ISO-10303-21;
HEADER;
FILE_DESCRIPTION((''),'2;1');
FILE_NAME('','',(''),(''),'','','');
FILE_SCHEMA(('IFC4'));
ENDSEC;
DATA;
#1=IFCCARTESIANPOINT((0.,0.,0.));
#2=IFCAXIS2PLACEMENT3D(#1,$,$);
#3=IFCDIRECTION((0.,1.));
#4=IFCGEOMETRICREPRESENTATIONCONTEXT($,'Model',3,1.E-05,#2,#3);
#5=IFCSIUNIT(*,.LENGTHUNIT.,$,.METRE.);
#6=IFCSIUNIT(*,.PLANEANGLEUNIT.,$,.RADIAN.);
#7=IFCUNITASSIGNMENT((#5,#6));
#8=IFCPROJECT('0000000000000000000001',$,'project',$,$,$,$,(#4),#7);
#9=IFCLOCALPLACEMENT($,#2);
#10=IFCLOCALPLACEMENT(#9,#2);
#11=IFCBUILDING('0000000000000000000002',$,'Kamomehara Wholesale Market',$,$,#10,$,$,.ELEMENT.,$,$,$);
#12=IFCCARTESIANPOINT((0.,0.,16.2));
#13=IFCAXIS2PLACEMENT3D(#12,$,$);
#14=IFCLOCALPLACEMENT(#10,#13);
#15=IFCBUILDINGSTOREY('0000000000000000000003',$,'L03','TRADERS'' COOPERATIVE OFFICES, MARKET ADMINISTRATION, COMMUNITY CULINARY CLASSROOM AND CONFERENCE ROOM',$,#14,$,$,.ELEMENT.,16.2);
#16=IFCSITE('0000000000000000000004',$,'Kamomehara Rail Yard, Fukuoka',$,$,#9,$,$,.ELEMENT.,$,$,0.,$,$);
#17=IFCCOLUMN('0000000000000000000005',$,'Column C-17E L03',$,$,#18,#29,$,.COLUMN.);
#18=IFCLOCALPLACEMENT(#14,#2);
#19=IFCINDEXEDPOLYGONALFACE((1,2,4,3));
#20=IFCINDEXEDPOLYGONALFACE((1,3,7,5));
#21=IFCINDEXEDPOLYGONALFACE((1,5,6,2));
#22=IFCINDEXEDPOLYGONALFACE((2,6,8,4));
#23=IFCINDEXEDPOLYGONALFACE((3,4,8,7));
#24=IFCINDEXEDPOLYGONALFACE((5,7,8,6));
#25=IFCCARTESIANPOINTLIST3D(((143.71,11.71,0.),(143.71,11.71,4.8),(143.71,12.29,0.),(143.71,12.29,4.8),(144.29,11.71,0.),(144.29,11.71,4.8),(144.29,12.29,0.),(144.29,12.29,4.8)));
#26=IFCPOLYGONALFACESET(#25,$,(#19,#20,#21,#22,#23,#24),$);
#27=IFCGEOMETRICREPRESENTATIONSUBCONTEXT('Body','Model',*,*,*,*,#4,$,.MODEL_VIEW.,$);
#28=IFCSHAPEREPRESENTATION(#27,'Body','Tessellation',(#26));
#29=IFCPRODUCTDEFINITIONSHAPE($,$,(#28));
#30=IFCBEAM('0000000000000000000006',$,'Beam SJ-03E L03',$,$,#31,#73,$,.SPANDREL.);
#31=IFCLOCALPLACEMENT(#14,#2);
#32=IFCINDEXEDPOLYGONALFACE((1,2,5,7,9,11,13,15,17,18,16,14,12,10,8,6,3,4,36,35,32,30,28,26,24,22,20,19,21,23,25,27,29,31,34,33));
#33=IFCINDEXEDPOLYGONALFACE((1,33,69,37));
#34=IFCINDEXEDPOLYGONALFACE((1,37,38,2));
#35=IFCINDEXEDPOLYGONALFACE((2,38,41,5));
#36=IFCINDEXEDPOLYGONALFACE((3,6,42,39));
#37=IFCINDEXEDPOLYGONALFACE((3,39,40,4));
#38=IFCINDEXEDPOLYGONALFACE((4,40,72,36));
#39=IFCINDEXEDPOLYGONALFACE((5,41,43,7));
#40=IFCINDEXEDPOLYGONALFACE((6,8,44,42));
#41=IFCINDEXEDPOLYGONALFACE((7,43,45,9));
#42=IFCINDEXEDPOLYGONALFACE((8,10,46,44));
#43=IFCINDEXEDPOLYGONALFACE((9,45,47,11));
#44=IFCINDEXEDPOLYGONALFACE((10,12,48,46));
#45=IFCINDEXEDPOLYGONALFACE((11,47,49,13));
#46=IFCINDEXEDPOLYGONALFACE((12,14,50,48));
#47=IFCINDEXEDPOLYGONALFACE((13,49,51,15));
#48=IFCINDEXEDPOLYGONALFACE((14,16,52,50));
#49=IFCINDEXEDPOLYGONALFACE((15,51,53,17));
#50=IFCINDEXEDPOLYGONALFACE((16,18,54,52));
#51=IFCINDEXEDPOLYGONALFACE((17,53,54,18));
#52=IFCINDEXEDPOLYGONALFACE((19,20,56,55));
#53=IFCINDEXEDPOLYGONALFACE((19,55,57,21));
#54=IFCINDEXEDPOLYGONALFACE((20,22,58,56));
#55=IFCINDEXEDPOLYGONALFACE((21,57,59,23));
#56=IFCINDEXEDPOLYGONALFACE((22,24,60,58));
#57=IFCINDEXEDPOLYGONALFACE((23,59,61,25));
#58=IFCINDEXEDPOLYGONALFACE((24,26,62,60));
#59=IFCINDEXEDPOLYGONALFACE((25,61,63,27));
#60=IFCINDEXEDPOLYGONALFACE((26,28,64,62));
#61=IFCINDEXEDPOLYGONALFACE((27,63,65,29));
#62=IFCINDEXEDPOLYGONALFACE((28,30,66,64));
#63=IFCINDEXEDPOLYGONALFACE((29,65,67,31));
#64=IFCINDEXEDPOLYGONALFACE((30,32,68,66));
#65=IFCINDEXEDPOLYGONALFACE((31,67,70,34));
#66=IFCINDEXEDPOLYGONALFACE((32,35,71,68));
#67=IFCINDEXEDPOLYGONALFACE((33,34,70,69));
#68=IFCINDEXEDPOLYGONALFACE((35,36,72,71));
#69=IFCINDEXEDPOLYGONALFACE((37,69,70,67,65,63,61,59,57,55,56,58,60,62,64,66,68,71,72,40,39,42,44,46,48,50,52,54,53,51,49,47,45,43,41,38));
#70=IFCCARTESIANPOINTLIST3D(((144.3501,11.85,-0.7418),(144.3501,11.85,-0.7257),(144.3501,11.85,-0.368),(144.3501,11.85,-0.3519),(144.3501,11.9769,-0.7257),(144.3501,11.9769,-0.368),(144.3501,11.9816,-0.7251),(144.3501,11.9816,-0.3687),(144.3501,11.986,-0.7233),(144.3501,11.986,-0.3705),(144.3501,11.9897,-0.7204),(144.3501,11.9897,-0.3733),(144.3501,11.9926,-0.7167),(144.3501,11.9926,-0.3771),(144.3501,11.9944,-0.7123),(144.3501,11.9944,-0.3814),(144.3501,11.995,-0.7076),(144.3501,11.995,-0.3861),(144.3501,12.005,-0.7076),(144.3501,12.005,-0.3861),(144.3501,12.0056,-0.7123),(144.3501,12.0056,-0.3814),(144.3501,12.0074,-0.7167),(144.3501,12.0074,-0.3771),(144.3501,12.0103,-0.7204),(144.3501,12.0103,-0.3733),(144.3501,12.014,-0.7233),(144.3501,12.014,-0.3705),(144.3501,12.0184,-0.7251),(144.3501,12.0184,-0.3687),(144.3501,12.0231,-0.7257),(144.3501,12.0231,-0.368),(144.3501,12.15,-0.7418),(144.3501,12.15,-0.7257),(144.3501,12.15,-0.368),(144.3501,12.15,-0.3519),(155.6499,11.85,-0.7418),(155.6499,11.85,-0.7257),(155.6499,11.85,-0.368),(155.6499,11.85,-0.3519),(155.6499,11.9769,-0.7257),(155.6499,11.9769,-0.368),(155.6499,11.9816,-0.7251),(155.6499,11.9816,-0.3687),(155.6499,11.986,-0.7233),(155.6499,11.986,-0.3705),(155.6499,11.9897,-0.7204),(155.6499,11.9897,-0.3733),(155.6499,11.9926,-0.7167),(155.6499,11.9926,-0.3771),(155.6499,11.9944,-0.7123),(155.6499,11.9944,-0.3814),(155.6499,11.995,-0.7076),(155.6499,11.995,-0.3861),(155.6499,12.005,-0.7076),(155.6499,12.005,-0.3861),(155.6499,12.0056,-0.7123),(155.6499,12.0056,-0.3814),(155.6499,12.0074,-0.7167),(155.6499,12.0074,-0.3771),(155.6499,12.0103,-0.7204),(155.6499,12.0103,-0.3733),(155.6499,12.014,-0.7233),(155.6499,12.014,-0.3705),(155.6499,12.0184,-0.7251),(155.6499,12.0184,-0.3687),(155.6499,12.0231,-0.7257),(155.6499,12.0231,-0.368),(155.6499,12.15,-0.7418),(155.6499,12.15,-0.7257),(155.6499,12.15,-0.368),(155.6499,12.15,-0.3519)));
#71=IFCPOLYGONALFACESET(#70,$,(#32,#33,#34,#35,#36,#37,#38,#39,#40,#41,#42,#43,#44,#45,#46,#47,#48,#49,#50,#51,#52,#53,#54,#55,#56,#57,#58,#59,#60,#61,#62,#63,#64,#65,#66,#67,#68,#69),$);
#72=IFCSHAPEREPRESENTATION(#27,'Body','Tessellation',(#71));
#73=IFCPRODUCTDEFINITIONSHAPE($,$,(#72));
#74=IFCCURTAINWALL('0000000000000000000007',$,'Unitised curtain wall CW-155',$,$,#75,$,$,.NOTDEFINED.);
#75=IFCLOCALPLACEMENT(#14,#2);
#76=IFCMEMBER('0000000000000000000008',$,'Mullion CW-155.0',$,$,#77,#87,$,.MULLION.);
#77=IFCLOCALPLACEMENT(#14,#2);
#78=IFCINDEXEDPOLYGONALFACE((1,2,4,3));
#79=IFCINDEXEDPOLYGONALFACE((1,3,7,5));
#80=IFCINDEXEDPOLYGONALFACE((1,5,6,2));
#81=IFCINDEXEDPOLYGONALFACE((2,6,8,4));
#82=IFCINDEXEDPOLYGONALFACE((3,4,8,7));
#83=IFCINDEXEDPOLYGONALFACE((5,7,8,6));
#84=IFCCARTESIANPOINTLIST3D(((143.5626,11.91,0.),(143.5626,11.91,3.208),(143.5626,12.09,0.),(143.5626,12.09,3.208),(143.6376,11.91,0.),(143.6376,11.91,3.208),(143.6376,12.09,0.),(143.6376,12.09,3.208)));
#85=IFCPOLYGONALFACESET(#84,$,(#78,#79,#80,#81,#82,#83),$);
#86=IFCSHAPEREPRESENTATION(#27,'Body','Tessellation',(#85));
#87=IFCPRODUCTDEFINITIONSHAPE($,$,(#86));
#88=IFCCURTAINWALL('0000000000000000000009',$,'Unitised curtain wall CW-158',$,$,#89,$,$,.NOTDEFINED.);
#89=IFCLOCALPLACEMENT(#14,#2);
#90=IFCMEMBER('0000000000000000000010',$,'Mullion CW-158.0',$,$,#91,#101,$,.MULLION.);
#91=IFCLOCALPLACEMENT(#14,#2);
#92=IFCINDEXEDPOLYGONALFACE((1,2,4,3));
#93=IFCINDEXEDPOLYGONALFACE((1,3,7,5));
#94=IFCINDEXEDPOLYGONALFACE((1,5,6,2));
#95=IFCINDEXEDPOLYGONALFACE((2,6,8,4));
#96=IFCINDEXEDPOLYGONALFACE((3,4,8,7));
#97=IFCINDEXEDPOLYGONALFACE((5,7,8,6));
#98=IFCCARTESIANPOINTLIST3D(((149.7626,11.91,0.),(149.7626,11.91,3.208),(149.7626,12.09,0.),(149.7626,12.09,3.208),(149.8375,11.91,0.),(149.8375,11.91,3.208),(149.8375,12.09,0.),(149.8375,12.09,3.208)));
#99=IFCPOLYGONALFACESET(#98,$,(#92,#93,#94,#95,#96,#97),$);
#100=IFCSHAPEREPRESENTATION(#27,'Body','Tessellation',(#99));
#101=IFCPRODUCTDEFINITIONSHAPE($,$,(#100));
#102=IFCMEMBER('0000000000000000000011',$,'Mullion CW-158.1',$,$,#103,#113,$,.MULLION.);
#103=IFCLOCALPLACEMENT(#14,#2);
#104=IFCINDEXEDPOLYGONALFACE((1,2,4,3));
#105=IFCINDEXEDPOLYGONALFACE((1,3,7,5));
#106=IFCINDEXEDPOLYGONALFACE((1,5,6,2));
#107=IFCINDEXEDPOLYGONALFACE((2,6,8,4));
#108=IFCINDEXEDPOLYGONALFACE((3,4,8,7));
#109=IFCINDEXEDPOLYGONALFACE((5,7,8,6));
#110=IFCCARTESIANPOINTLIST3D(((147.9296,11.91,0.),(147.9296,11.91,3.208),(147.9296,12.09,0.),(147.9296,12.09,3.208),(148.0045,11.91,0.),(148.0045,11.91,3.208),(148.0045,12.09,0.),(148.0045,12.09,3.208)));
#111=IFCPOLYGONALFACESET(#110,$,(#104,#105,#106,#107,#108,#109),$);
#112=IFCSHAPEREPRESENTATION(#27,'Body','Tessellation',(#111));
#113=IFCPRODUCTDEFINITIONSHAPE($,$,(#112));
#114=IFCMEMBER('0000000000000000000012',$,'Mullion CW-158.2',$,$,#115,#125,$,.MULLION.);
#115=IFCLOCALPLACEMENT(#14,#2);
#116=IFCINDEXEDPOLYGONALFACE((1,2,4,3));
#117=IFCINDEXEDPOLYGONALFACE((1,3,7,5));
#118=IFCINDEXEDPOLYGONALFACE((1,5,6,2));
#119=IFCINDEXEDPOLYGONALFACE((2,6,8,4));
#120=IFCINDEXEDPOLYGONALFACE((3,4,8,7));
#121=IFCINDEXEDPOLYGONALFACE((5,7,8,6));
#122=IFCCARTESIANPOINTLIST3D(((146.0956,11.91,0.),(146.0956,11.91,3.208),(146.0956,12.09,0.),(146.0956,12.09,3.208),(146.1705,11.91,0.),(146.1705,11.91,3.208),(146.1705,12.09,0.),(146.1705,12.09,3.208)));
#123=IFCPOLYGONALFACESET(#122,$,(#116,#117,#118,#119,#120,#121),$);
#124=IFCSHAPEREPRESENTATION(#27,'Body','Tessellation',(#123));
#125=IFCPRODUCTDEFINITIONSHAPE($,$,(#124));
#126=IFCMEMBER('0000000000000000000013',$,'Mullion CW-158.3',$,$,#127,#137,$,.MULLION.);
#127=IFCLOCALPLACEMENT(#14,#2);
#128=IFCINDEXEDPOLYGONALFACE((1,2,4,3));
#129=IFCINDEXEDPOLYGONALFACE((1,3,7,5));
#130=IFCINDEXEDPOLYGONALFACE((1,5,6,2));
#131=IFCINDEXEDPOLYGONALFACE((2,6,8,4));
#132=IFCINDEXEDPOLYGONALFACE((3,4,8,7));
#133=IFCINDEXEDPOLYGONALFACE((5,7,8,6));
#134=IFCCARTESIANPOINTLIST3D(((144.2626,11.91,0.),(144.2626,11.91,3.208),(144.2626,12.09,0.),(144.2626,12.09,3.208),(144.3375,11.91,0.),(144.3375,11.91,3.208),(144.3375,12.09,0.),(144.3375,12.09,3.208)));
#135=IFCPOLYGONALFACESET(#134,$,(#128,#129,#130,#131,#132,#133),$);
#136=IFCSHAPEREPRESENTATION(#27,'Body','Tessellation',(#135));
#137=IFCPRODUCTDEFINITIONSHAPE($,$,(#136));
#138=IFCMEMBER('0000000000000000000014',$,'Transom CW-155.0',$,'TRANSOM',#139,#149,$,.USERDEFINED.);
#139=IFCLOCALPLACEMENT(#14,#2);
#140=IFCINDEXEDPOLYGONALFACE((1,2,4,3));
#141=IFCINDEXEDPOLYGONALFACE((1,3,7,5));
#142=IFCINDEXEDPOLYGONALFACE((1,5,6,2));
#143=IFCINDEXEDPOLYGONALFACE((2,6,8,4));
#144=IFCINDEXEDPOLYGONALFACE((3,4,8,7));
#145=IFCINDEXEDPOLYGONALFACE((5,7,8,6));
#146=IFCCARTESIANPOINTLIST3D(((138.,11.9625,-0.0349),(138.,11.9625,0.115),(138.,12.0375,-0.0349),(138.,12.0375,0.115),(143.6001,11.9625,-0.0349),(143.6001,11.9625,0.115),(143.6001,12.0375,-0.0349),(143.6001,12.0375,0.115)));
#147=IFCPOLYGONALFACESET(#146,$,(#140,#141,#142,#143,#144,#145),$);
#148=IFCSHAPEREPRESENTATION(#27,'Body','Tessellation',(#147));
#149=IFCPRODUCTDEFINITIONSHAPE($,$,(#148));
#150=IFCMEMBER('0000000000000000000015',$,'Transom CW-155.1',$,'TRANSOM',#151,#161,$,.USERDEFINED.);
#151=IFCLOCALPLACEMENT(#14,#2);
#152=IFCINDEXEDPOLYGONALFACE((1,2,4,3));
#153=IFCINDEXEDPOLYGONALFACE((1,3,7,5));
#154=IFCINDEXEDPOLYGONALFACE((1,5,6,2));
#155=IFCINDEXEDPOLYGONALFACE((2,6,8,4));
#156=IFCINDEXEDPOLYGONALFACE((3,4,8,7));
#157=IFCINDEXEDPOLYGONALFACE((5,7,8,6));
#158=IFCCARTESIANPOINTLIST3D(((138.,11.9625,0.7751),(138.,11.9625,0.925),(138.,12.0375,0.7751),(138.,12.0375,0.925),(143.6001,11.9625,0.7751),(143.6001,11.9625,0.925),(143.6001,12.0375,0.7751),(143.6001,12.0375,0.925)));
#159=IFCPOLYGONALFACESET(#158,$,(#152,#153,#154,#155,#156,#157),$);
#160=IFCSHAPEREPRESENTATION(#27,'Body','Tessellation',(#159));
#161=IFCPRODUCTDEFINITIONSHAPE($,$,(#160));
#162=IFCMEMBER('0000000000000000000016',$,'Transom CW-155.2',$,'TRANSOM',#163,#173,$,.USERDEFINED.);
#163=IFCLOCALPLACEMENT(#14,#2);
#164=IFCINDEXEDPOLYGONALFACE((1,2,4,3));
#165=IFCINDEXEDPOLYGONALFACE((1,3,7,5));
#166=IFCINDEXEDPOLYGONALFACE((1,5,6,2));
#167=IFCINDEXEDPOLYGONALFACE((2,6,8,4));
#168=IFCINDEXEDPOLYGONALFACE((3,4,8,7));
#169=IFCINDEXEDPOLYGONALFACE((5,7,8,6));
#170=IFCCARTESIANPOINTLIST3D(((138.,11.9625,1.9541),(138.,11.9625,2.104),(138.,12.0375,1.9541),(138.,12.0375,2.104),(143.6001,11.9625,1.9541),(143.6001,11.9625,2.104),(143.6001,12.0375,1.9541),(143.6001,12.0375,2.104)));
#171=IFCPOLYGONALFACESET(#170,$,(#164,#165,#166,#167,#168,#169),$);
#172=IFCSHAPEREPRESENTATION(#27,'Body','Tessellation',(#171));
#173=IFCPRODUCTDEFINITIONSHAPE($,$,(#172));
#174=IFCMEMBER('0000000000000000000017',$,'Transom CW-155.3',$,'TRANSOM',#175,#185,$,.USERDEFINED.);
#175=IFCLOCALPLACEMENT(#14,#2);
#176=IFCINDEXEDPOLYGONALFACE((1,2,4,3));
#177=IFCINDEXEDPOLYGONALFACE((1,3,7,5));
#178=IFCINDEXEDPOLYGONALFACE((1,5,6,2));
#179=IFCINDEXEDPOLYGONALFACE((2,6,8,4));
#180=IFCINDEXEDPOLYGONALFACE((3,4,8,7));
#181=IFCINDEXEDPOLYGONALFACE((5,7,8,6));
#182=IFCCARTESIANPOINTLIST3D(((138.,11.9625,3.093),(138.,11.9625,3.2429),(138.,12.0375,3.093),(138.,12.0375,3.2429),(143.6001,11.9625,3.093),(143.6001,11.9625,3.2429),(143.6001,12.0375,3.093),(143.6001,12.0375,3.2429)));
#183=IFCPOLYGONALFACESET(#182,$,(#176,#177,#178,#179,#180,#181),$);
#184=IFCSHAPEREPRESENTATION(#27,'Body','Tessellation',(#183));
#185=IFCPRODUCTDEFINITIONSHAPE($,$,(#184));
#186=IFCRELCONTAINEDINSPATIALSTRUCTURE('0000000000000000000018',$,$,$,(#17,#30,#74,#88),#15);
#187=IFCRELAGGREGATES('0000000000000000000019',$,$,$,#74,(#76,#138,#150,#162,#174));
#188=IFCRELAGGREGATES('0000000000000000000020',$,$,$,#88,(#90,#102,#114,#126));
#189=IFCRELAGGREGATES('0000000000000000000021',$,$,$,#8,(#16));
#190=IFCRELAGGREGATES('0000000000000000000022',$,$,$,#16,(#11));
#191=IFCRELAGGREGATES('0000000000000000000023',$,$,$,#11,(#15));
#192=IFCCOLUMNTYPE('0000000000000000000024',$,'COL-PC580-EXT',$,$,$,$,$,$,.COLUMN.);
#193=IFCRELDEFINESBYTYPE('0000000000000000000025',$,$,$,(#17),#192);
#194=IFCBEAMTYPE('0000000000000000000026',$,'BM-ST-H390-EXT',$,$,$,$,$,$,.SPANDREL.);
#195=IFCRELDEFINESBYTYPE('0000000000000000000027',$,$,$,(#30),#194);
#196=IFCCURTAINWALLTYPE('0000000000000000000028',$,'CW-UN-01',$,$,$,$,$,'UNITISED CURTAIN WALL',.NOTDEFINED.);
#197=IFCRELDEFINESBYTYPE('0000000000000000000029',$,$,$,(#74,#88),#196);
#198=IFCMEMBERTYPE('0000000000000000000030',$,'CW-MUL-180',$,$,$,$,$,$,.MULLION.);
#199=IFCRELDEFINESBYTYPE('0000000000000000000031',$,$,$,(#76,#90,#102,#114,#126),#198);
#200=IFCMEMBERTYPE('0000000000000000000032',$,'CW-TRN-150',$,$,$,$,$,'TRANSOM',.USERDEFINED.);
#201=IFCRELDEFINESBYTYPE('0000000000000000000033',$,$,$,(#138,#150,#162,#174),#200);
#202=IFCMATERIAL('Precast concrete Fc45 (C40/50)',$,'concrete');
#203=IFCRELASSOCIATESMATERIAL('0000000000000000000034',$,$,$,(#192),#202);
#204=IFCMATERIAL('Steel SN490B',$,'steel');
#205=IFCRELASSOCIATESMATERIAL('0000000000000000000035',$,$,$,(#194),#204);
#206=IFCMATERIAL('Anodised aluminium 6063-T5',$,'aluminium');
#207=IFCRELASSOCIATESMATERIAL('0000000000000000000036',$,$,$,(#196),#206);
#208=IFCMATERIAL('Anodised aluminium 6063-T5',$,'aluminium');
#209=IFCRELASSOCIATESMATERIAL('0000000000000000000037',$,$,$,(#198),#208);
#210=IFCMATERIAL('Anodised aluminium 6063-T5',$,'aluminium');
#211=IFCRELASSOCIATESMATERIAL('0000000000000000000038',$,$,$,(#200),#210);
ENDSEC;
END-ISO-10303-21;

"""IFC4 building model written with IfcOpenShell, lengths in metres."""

from ifc_helpers import new_model, si_unit, direction, frame, origin, origin_2d, place, context, subcontext, project, spatial, rectangle, i_section, extrude, material, material_profile, profile_set, type_object, element, aggregate, save


model = new_model("IFC4")

# Units and contexts
model_context = context("Model", 3, precision=1e-05, world=origin(), true_north=direction((0.0, 1.0)))
body_context = subcontext(model_context, "Body", "Model", "MODEL_VIEW")
ifc_project = project(units=[si_unit("LENGTHUNIT", "METRE"), si_unit("PLANEANGLEUNIT", "RADIAN")], contexts=[model_context])

# Site, building, storey
site_placement = place(None, origin())
site = spatial("IfcSite", under=ifc_project, at=site_placement, Name="Kamomehara Rail Yard, Fukuoka", CompositionType="ELEMENT", RefElevation=0.0)
building_placement = place(site_placement, origin())
building = spatial("IfcBuilding", under=site, at=building_placement, Name="Kamomehara Wholesale Market", CompositionType="ELEMENT")
storey_placement = place(building_placement, frame((0.0, 0.0, 16.2)))
storey = spatial("IfcBuildingStorey", under=building, at=storey_placement, Name="L03", Description="TRADERS' COOPERATIVE OFFICES, MARKET ADMINISTRATION, COMMUNITY CULINARY CLASSROOM AND CONFERENCE ROOM", CompositionType="ELEMENT", Elevation=16.2)

# Column
ifc_material_1 = material(Name="Precast concrete Fc45 (C40/50)", Category="concrete")
ifc_material_profile_1 = material_profile(ifc_material_1, rectangle(XDim=0.5801, YDim=0.5801, at=origin_2d()), Name="PC-COL-580x580")
ifc_profile_set_1 = profile_set([ifc_material_profile_1], Name="Precast concrete Fc45 (C40/50)")
column_type = type_object("IfcColumnType", Name="COL-PC580-EXT", PredefinedType="COLUMN", material=ifc_profile_set_1)
column_placement = place(storey_placement, frame((144.0, 12.0, 0.0), z_axis=(0.0, 0.0, 1.0), x_axis=(1.0, 0.0, 0.0)))
element("IfcColumn", 1, at=column_placement, inside=storey, type_object=column_type, Name="Column C-17E L03", PredefinedType="COLUMN", context=body_context, shape_type="SweptSolid", body=[
    extrude(rectangle(XDim=0.5801, YDim=0.5801, at=origin_2d()), origin(), (0.0, 0.0, 1.0), 4.8),
])

# Beam
ifc_material_2 = material(Name="Steel SN490B", Category="steel")
ifc_material_profile_2 = material_profile(ifc_material_2, i_section(OverallWidth=0.3, OverallDepth=0.3899, WebThickness=0.01, FlangeThickness=0.0161, FilletRadius=0.0181, at=origin_2d()), Name="H-390x300x10x16")
ifc_profile_set_2 = profile_set([ifc_material_profile_2], Name="Steel SN490B")
beam_type = type_object("IfcBeamType", Name="BM-ST-H390-EXT", PredefinedType="SPANDREL", material=ifc_profile_set_2)
beam_placement = place(storey_placement, frame((144.3501, 12.0, -0.5469), z_axis=(1.0, 0.0, 0.0), x_axis=(0.0, 1.0, 0.0)))
element("IfcBeam", 2, at=beam_placement, inside=storey, type_object=beam_type, Name="Beam SJ-03E L03", PredefinedType="SPANDREL", context=body_context, shape_type="SweptSolid", body=[
    extrude(i_section(OverallWidth=0.3, OverallDepth=0.3899, WebThickness=0.01, FlangeThickness=0.0161, FilletRadius=0.0181, at=origin_2d()), origin(), (0.0, 0.0, 1.0), 11.2998),
])

# Curtain wall, member
ifc_material_3 = material(Name="Anodised aluminium 6063-T5", Category="aluminium")
curtain_wall_type = type_object("IfcCurtainWallType", Name="CW-UN-01", ElementType="UNITISED CURTAIN WALL", PredefinedType="NOTDEFINED", material=ifc_material_3)
curtain_wall_1_placement = place(storey_placement, origin())
curtain_wall_1 = element("IfcCurtainWall", 3, at=curtain_wall_1_placement, inside=storey, type_object=curtain_wall_type, Name="Unitised curtain wall CW-155", PredefinedType="NOTDEFINED")
ifc_material_4 = material(Name="Anodised aluminium 6063-T5", Category="aluminium")
ifc_material_profile_3 = material_profile(ifc_material_4, rectangle(XDim=0.075, YDim=0.1799, at=origin_2d()), Name="ALU-MUL-75x180")
ifc_profile_set_3 = profile_set([ifc_material_profile_3], Name="Anodised aluminium 6063-T5")
member_type_1 = type_object("IfcMemberType", Name="CW-MUL-180", PredefinedType="MULLION", material=ifc_profile_set_3)
member_1_placement = place(storey_placement, frame((143.6001, 12.0, 0.0), z_axis=(0.0, 0.0, 1.0), x_axis=(-1.0, 0.0, 0.0)))
member_1 = element("IfcMember", 4, at=member_1_placement, type_object=member_type_1, Name="Mullion CW-155.0", PredefinedType="MULLION", context=body_context, shape_type="SweptSolid", body=[
    extrude(rectangle(XDim=0.075, YDim=0.1799, at=origin_2d()), origin(), (0.0, 0.0, 1.0), 3.208),
])

# Curtain wall, members
curtain_wall_2_placement = place(storey_placement, origin())
curtain_wall_2 = element("IfcCurtainWall", 5, at=curtain_wall_2_placement, inside=storey, type_object=curtain_wall_type, Name="Unitised curtain wall CW-158", PredefinedType="NOTDEFINED")
member_2_placement = place(storey_placement, frame((149.8, 12.0, 0.0), z_axis=(0.0, 0.0, 1.0), x_axis=(-1.0, 0.0, 0.0)))
member_2 = element("IfcMember", 6, at=member_2_placement, type_object=member_type_1, Name="Mullion CW-158.0", PredefinedType="MULLION", context=body_context, shape_type="SweptSolid", body=[
    extrude(rectangle(XDim=0.075, YDim=0.1799, at=origin_2d()), origin(), (0.0, 0.0, 1.0), 3.208),
])
member_3_placement = place(storey_placement, frame((147.967, 12.0, 0.0), z_axis=(0.0, 0.0, 1.0), x_axis=(-1.0, 0.0, 0.0)))
member_3 = element("IfcMember", 7, at=member_3_placement, type_object=member_type_1, Name="Mullion CW-158.1", PredefinedType="MULLION", context=body_context, shape_type="SweptSolid", body=[
    extrude(rectangle(XDim=0.075, YDim=0.1799, at=origin_2d()), origin(), (0.0, 0.0, 1.0), 3.208),
])
member_4_placement = place(storey_placement, frame((146.1331, 12.0, 0.0), z_axis=(0.0, 0.0, 1.0), x_axis=(-1.0, 0.0, 0.0)))
member_4 = element("IfcMember", 8, at=member_4_placement, type_object=member_type_1, Name="Mullion CW-158.2", PredefinedType="MULLION", context=body_context, shape_type="SweptSolid", body=[
    extrude(rectangle(XDim=0.075, YDim=0.1799, at=origin_2d()), origin(), (0.0, 0.0, 1.0), 3.208),
])
member_5_placement = place(storey_placement, frame((144.3, 12.0, 0.0), z_axis=(0.0, 0.0, 1.0), x_axis=(-1.0, 0.0, 0.0)))
member_5 = element("IfcMember", 9, at=member_5_placement, type_object=member_type_1, Name="Mullion CW-158.3", PredefinedType="MULLION", context=body_context, shape_type="SweptSolid", body=[
    extrude(rectangle(XDim=0.075, YDim=0.1799, at=origin_2d()), origin(), (0.0, 0.0, 1.0), 3.208),
])

# Members
ifc_material_5 = material(Name="Anodised aluminium 6063-T5", Category="aluminium")
ifc_material_profile_4 = material_profile(ifc_material_5, rectangle(XDim=0.075, YDim=0.1499, at=origin_2d()), Name="ALU-TRN-75x150")
ifc_profile_set_4 = profile_set([ifc_material_profile_4], Name="Anodised aluminium 6063-T5")
member_type_2 = type_object("IfcMemberType", Name="CW-TRN-150", ElementType="TRANSOM", PredefinedType="USERDEFINED", material=ifc_profile_set_4)
member_6_placement = place(storey_placement, frame((143.6001, 12.0, 0.04), z_axis=(-1.0, 0.0, 0.0), x_axis=(0.0, -1.0, 0.0)))
member_6 = element("IfcMember", 10, at=member_6_placement, type_object=member_type_2, Name="Transom CW-155.0", ObjectType="TRANSOM", PredefinedType="USERDEFINED", context=body_context, shape_type="SweptSolid", body=[
    extrude(rectangle(XDim=0.075, YDim=0.1499, at=origin_2d()), origin(), (0.0, 0.0, 1.0), 5.6001),
])
member_7_placement = place(storey_placement, frame((143.6001, 12.0, 0.8501), z_axis=(-1.0, 0.0, 0.0), x_axis=(0.0, -1.0, 0.0)))
member_7 = element("IfcMember", 11, at=member_7_placement, type_object=member_type_2, Name="Transom CW-155.1", ObjectType="TRANSOM", PredefinedType="USERDEFINED", context=body_context, shape_type="SweptSolid", body=[
    extrude(rectangle(XDim=0.075, YDim=0.1499, at=origin_2d()), origin(), (0.0, 0.0, 1.0), 5.6001),
])
member_8_placement = place(storey_placement, frame((143.6001, 12.0, 2.0291), z_axis=(-1.0, 0.0, 0.0), x_axis=(0.0, -1.0, 0.0)))
member_8 = element("IfcMember", 12, at=member_8_placement, type_object=member_type_2, Name="Transom CW-155.2", ObjectType="TRANSOM", PredefinedType="USERDEFINED", context=body_context, shape_type="SweptSolid", body=[
    extrude(rectangle(XDim=0.075, YDim=0.1499, at=origin_2d()), origin(), (0.0, 0.0, 1.0), 5.6001),
])
member_9_placement = place(storey_placement, frame((143.6001, 12.0, 3.168), z_axis=(-1.0, 0.0, 0.0), x_axis=(0.0, -1.0, 0.0)))
member_9 = element("IfcMember", 13, at=member_9_placement, type_object=member_type_2, Name="Transom CW-155.3", ObjectType="TRANSOM", PredefinedType="USERDEFINED", context=body_context, shape_type="SweptSolid", body=[
    extrude(rectangle(XDim=0.075, YDim=0.1499, at=origin_2d()), origin(), (0.0, 0.0, 1.0), 5.6001),
])
aggregate(curtain_wall_1, [member_1, member_6, member_7, member_8, member_9])

aggregate(curtain_wall_2, [member_2, member_3, member_4, member_5])

save(model, "model.ifc")
